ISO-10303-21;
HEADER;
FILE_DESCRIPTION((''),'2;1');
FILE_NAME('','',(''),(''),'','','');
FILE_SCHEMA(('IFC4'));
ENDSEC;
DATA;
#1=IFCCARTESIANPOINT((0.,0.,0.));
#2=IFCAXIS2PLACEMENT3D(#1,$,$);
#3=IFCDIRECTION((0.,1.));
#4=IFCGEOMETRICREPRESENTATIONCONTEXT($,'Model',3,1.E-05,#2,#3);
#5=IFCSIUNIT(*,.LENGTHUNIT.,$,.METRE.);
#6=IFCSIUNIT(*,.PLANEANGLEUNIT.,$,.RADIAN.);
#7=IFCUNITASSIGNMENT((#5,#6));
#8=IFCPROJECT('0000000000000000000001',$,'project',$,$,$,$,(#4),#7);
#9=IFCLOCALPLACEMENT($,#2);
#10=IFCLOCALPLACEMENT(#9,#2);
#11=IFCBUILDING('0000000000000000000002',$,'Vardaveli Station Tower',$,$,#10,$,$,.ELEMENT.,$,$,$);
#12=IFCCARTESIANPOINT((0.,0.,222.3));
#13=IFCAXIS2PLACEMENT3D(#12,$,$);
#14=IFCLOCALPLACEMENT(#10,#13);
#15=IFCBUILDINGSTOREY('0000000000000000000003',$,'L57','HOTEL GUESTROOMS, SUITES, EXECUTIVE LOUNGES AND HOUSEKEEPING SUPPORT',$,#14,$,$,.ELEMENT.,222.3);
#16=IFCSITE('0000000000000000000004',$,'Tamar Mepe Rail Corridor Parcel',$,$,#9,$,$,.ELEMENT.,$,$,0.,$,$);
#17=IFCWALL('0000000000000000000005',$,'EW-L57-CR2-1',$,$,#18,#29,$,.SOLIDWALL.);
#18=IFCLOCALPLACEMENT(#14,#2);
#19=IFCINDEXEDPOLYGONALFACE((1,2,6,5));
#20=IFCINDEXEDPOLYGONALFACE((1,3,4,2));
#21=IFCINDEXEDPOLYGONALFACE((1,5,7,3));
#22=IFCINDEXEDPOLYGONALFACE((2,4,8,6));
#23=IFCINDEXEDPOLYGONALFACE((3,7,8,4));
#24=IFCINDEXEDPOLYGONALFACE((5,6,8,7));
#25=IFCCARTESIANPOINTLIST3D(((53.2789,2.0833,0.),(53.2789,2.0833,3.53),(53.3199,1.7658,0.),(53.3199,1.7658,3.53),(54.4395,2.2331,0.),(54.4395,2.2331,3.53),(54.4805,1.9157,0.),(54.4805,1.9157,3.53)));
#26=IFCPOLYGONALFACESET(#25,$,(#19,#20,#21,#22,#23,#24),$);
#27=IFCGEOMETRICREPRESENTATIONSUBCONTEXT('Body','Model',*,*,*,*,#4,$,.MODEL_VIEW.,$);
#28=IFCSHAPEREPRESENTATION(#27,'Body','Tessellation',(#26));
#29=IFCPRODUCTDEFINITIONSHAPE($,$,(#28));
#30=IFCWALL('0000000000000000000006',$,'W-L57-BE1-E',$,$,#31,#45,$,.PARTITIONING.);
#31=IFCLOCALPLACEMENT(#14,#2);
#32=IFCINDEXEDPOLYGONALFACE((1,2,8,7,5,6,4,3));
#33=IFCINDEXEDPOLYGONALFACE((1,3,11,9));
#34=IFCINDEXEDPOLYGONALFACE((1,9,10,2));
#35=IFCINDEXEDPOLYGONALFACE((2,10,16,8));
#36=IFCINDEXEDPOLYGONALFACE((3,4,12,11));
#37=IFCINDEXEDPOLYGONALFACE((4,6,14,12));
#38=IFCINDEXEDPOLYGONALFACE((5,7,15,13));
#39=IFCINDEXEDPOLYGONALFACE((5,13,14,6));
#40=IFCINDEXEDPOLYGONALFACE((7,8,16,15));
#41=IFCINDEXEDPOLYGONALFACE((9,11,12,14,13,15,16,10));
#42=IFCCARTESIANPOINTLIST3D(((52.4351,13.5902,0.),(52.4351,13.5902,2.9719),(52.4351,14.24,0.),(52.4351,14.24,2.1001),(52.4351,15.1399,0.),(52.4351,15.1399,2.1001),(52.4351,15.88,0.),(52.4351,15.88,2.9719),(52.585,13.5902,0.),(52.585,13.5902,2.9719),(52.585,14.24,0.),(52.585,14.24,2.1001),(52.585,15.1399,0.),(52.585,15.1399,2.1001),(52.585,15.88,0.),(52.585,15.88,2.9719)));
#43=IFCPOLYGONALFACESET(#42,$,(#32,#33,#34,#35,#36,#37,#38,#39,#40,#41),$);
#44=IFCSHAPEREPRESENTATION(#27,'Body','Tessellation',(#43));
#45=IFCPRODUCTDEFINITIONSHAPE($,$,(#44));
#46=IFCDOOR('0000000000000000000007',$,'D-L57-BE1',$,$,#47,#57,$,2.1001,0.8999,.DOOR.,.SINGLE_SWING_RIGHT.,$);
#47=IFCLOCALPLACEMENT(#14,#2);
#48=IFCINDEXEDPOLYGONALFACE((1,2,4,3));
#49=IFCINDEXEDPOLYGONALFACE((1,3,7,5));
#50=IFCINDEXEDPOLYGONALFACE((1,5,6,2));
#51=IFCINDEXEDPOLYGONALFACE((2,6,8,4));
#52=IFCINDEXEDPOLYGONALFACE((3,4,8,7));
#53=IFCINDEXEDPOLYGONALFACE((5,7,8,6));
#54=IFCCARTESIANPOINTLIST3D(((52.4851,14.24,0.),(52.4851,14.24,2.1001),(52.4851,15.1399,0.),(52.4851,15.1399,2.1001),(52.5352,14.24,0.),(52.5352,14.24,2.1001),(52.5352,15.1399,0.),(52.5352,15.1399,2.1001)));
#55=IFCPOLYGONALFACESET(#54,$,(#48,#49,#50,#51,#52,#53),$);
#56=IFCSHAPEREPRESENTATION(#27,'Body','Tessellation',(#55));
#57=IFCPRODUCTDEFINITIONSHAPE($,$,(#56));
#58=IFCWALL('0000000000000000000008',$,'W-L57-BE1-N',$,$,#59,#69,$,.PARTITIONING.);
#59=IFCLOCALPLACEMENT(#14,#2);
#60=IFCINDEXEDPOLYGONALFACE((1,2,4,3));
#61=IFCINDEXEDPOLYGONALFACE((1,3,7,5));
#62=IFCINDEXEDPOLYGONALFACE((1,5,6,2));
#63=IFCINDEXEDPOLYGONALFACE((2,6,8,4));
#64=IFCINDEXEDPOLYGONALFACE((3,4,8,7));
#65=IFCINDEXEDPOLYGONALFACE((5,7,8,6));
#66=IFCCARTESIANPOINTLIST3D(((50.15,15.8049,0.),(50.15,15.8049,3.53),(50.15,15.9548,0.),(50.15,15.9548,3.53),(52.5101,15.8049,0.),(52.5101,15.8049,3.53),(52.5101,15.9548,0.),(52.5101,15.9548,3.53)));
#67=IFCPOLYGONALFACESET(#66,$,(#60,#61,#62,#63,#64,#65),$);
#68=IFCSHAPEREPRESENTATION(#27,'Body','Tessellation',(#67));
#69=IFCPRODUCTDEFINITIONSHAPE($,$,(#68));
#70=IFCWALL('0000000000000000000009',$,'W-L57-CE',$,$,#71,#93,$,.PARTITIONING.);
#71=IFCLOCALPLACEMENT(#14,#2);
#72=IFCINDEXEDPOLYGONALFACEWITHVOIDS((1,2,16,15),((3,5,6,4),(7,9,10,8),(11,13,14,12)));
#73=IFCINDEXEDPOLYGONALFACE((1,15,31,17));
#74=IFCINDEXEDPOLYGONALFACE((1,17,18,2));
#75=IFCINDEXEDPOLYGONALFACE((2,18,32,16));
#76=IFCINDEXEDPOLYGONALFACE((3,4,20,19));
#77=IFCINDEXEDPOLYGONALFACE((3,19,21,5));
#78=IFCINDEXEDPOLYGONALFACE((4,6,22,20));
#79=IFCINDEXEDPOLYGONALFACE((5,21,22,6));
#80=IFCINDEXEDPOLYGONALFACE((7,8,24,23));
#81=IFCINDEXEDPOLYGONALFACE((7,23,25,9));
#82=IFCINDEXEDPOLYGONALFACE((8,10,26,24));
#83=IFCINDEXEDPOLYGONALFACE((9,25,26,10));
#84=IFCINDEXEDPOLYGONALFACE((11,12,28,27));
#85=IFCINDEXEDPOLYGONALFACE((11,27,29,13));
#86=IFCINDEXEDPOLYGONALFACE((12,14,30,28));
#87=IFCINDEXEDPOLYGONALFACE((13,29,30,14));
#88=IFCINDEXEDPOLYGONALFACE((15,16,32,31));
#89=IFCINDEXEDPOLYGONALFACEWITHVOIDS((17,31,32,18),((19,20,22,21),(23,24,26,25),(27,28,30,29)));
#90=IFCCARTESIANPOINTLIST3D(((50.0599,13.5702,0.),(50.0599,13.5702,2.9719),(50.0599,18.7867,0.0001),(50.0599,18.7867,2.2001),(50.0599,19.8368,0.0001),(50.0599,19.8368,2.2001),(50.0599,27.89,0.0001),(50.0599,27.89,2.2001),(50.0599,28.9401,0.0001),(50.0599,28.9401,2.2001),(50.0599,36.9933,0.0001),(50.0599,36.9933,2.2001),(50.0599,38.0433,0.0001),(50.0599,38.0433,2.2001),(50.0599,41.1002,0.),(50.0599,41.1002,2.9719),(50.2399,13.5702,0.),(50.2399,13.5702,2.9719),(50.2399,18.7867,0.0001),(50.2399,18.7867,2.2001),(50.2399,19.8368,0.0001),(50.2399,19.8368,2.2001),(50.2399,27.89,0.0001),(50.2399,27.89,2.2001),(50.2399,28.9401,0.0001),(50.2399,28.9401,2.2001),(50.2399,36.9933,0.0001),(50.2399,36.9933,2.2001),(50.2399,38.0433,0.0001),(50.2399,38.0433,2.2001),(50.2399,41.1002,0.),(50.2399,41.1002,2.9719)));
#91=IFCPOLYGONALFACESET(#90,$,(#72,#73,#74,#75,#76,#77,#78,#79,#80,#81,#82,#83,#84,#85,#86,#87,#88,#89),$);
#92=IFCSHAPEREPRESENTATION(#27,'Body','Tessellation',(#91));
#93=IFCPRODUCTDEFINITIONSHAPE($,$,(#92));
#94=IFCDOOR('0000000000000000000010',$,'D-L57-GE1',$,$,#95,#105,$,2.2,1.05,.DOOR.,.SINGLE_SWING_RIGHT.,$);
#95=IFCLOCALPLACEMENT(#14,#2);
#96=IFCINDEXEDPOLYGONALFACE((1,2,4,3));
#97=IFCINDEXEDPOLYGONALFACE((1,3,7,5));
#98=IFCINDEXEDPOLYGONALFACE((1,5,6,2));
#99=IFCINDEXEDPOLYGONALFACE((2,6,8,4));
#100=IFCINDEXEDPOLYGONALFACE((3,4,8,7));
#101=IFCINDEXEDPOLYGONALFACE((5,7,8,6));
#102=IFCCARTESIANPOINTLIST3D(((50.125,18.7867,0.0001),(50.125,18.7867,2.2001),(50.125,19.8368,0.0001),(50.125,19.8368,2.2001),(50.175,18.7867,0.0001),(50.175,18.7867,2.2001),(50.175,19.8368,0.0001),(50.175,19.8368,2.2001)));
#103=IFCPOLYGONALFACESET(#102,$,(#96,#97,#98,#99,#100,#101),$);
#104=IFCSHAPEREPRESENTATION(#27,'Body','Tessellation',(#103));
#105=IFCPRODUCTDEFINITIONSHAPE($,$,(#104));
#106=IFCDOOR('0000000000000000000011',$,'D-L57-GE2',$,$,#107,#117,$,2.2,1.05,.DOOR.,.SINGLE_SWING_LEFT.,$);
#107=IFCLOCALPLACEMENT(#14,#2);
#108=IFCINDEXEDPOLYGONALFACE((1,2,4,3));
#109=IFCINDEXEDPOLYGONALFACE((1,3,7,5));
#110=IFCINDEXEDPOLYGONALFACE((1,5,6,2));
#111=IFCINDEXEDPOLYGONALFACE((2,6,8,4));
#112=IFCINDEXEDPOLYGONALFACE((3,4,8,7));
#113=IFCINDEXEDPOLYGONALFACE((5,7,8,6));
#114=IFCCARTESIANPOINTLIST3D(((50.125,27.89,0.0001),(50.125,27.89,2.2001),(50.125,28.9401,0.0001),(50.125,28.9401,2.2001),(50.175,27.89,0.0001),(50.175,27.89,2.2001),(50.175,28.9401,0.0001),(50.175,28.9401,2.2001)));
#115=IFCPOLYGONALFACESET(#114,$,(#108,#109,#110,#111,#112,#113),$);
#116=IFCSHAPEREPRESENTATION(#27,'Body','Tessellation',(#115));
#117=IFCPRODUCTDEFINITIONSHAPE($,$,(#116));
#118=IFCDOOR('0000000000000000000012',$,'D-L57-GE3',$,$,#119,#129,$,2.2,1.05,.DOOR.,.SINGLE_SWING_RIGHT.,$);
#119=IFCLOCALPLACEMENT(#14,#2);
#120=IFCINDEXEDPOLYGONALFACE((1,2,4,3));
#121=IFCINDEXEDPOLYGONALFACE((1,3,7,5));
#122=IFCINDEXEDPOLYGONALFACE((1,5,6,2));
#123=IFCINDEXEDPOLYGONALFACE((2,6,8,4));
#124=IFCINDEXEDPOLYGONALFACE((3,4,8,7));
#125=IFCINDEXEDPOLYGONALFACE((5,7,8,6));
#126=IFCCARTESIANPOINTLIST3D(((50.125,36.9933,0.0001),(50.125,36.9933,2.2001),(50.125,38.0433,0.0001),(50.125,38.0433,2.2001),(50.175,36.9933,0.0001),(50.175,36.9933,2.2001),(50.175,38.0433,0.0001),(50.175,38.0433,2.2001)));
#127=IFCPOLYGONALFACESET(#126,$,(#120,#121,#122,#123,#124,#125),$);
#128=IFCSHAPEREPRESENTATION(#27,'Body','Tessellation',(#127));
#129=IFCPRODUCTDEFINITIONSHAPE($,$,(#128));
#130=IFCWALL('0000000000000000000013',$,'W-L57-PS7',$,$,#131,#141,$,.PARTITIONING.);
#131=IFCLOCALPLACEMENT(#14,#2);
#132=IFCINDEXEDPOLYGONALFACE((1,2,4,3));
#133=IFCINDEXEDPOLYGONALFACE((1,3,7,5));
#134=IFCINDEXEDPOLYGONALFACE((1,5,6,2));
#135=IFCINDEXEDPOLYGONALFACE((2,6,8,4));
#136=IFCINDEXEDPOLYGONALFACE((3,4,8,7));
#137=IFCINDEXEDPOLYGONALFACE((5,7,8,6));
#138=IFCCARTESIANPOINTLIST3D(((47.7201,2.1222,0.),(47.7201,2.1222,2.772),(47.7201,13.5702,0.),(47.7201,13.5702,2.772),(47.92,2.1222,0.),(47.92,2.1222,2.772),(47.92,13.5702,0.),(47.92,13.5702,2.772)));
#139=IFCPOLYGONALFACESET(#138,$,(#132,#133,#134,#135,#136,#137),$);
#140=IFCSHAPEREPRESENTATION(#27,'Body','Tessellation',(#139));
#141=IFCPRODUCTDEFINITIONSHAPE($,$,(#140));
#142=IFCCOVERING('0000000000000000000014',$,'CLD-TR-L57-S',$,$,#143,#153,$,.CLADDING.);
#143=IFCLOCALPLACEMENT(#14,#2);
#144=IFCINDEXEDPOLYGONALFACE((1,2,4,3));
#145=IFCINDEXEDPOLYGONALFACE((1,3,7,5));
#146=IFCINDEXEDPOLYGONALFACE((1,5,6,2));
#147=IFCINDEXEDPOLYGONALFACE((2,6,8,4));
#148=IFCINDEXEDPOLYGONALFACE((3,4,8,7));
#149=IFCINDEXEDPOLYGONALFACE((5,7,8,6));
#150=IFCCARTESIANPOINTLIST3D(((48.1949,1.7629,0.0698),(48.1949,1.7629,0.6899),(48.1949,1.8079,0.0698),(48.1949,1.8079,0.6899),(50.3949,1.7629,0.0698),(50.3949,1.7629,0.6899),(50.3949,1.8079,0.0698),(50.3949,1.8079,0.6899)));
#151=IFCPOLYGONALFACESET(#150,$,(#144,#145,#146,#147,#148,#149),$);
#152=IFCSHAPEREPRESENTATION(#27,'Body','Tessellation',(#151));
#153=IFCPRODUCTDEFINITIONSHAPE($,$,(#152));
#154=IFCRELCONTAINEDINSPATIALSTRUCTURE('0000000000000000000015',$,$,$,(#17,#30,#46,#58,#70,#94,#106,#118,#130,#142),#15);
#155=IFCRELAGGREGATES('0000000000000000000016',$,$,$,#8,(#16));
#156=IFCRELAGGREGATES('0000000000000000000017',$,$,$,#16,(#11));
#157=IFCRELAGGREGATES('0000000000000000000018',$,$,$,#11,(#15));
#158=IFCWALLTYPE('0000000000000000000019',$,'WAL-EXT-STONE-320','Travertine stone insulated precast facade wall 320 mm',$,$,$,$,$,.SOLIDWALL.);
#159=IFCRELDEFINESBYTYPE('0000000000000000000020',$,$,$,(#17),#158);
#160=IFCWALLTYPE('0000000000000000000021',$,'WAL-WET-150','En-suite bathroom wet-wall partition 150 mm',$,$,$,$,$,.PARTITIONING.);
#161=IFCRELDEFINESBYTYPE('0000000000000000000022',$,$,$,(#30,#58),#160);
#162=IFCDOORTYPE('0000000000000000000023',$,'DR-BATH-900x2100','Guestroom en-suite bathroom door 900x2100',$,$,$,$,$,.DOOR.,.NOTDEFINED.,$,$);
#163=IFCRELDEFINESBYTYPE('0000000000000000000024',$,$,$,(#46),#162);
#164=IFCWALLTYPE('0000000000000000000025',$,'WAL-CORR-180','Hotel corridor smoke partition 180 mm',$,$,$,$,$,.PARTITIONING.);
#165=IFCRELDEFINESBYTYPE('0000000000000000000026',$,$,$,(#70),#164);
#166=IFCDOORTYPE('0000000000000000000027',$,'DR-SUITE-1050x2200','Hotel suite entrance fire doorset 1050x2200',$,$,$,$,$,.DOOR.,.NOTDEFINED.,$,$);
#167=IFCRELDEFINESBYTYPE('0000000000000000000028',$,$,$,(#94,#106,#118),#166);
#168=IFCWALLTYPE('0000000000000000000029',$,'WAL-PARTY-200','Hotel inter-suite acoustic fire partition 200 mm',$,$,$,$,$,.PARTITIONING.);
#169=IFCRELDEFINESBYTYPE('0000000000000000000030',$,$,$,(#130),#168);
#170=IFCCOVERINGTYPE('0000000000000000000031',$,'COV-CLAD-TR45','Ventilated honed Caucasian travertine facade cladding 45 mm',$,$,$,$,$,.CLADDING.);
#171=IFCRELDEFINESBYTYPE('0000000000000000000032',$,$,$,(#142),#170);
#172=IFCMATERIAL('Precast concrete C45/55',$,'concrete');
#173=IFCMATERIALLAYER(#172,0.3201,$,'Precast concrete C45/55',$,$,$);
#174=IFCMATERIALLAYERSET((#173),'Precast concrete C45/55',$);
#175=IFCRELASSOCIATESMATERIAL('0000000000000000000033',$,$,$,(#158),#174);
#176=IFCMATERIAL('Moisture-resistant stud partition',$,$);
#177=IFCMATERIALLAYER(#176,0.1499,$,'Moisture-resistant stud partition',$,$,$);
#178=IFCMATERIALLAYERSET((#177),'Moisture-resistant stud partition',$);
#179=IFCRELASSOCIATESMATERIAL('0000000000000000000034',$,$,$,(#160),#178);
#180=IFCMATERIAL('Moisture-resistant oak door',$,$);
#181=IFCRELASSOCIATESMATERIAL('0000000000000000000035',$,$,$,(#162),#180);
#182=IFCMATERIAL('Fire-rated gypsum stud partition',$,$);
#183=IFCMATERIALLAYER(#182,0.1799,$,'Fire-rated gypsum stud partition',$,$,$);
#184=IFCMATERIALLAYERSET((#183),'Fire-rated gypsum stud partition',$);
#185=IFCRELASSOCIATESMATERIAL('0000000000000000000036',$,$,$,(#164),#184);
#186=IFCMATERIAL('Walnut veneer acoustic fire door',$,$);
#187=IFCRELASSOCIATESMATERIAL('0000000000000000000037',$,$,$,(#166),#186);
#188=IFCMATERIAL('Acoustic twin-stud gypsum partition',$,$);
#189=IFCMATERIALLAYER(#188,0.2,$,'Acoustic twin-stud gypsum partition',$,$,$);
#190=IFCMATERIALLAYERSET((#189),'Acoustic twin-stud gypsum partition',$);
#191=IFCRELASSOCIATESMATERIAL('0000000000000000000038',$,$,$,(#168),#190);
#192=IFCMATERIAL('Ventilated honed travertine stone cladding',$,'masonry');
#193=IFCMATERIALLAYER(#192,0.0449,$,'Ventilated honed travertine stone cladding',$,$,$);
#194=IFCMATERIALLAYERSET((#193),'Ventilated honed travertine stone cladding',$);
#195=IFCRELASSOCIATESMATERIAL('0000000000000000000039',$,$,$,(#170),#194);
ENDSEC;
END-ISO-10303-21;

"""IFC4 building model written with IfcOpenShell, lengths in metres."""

from ifc_helpers import new_model, si_unit, direction, frame, frame_2d, origin, origin_2d, place, context, subcontext, project, spatial, rectangle, extrude, source, transform, mapped, material, layer, layer_set, type_object, element, fill, save


model = new_model("IFC4")

# Units and contexts
model_context = context("Model", 3, precision=1e-05, world=origin(), true_north=direction((0.0, 1.0)))
body_context = subcontext(model_context, "Body", "Model", "MODEL_VIEW")
ifc_project = project(units=[si_unit("LENGTHUNIT", "METRE"), si_unit("PLANEANGLEUNIT", "RADIAN")], contexts=[model_context])

# Site, building, storey
site_placement = place(None, origin())
site = spatial("IfcSite", under=ifc_project, at=site_placement, Name="Tamar Mepe Rail Corridor Parcel", CompositionType="ELEMENT", RefElevation=0.0)
building_placement = place(site_placement, origin())
building = spatial("IfcBuilding", under=site, at=building_placement, Name="Vardaveli Station Tower", CompositionType="ELEMENT")
storey_placement = place(building_placement, frame((0.0, 0.0, 222.3)))
storey = spatial("IfcBuildingStorey", under=building, at=storey_placement, Name="L57", Description="HOTEL GUESTROOMS, SUITES, EXECUTIVE LOUNGES AND HOUSEKEEPING SUPPORT", CompositionType="ELEMENT", Elevation=222.3)

# Shared definitions
ifc_material_1 = material(Name="Precast concrete C45/55", Category="concrete")

# Shared definitions
ifc_layer_1 = layer(ifc_material_1, 0.3201, Name="Precast concrete C45/55")
ifc_layer_set_1 = layer_set([ifc_layer_1], Name="Precast concrete C45/55")
wall_type_1 = type_object("IfcWallType", Name="WAL-EXT-STONE-320", Description="Travertine stone insulated precast facade wall 320 mm", PredefinedType="SOLIDWALL", material=ifc_layer_set_1)

# Wall
shared_shape_1 = source(origin(), body_context, "Body", "SweptSolid", [
    extrude(rectangle(XDim=1.1702, YDim=0.3201, at=frame_2d((0.585, 0.0))), origin(), (0.0, 0.0, 1.0), 3.53),
])
wall_1_placement = place(storey_placement, frame((53.2996, 1.9246, 0.0), z_axis=(0.0, 0.0, 1.0), x_axis=(0.991762, 0.12809, 0.0)))
element("IfcWall", 1, at=wall_1_placement, inside=storey, type_object=wall_type_1, Name="EW-L57-CR2-1", PredefinedType="SOLIDWALL", context=body_context, shape_type="MappedRepresentation", body=[
    mapped(shared_shape_1, transform((0.0, 0.0, 0.0), scale=1.0)),
])

# Wall, opening, door
ifc_material_2 = material(Name="Moisture-resistant stud partition")
ifc_layer_2 = layer(ifc_material_2, 0.1499, Name="Moisture-resistant stud partition")
ifc_layer_set_2 = layer_set([ifc_layer_2], Name="Moisture-resistant stud partition")
wall_type_2 = type_object("IfcWallType", Name="WAL-WET-150", Description="En-suite bathroom wet-wall partition 150 mm", PredefinedType="PARTITIONING", material=ifc_layer_set_2)
shared_shape_2 = source(origin(), body_context, "Body", "SweptSolid", [
    extrude(rectangle(XDim=2.2898, YDim=0.1499, at=frame_2d((1.145, 0.0))), origin(), (0.0, 0.0, 1.0), 2.9719),
])
wall_2_placement = place(storey_placement, frame((52.51, 13.5901, 0.0), z_axis=(0.0, 0.0, 1.0), x_axis=(0.0, 1.0, 0.0)))
wall_2 = element("IfcWall", 2, at=wall_2_placement, inside=storey, type_object=wall_type_2, Name="W-L57-BE1-E", PredefinedType="PARTITIONING", context=body_context, shape_type="MappedRepresentation", body=[
    mapped(shared_shape_2, transform((0.0, 0.0, 0.0), scale=1.0)),
])
shared_shape_3 = source(origin(), body_context, "Body", "SweptSolid", [
    extrude(rectangle(XDim=0.8999, YDim=2.1001, at=frame_2d((0.45, 1.05))), frame((0.0, 0.085, 0.0), z_axis=(0.0, -1.0, 0.0), x_axis=(1.0, 0.0, 0.0)), (0.0, 0.0, 1.0), 0.1699),
])
opening_1_placement = place(wall_2_placement, frame((0.6499, 0.0, 0.0)))
opening_1 = element("IfcOpeningElement", 3, at=opening_1_placement, cuts=wall_2, PredefinedType="OPENING", context=body_context, shape_type="MappedRepresentation", body=[
    mapped(shared_shape_3, transform((0.0, 0.0, 0.0), scale=1.0)),
])
ifc_material_3 = material(Name="Moisture-resistant oak door")
door_type_1 = type_object("IfcDoorType", Name="DR-BATH-900x2100", Description="Guestroom en-suite bathroom door 900x2100", OperationType="NOTDEFINED", PredefinedType="DOOR", material=ifc_material_3)
shared_shape_4 = source(origin(), body_context, "Body", "SweptSolid", [
    extrude(rectangle(XDim=0.8999, YDim=2.1001, at=frame_2d((0.45, 1.05))), frame((0.0, 0.0249, 0.0), z_axis=(0.0, -1.0, 0.0), x_axis=(1.0, 0.0, 0.0)), (0.0, 0.0, 1.0), 0.05),
])
door_1_placement = place(opening_1_placement, origin())
door_1 = element("IfcDoor", 4, at=door_1_placement, inside=storey, type_object=door_type_1, Name="D-L57-BE1", OperationType="SINGLE_SWING_RIGHT", OverallHeight=2.1001, OverallWidth=0.8999, PredefinedType="DOOR", context=body_context, shape_type="MappedRepresentation", body=[
    mapped(shared_shape_4, transform((0.0, 0.0, 0.0), scale=1.0)),
])
fill(opening_1, door_1)

# Wall
shared_shape_5 = source(origin(), body_context, "Body", "SweptSolid", [
    extrude(rectangle(XDim=2.3601, YDim=0.1499, at=frame_2d((1.1802, 0.0))), origin(), (0.0, 0.0, 1.0), 3.53),
])
wall_3_placement = place(storey_placement, frame((50.1499, 15.8799, 0.0), z_axis=(0.0, 0.0, 1.0), x_axis=(1.0, 0.0, 0.0)))
element("IfcWall", 5, at=wall_3_placement, inside=storey, type_object=wall_type_2, Name="W-L57-BE1-N", PredefinedType="PARTITIONING", context=body_context, shape_type="MappedRepresentation", body=[
    mapped(shared_shape_5, transform((0.0, 0.0, 0.0), scale=1.0)),
])

# Wall, openings, doors
ifc_material_4 = material(Name="Fire-rated gypsum stud partition")
ifc_layer_3 = layer(ifc_material_4, 0.1799, Name="Fire-rated gypsum stud partition")
ifc_layer_set_3 = layer_set([ifc_layer_3], Name="Fire-rated gypsum stud partition")
wall_type_3 = type_object("IfcWallType", Name="WAL-CORR-180", Description="Hotel corridor smoke partition 180 mm", PredefinedType="PARTITIONING", material=ifc_layer_set_3)
shared_shape_6 = source(origin(), body_context, "Body", "SweptSolid", [
    extrude(rectangle(XDim=27.53, YDim=0.1799, at=frame_2d((13.7651, 0.0))), origin(), (0.0, 0.0, 1.0), 2.9719),
])
wall_4_placement = place(storey_placement, frame((50.1499, 13.5701, 0.0), z_axis=(0.0, 0.0, 1.0), x_axis=(0.0, 1.0, 0.0)))
wall_4 = element("IfcWall", 6, at=wall_4_placement, inside=storey, type_object=wall_type_3, Name="W-L57-CE", PredefinedType="PARTITIONING", context=body_context, shape_type="MappedRepresentation", body=[
    mapped(shared_shape_6, transform((0.0, 0.0, 0.0), scale=1.0)),
])
shared_shape_7 = source(origin(), body_context, "Body", "SweptSolid", [
    extrude(rectangle(XDim=1.05, YDim=2.2, at=frame_2d((0.5249, 1.1001))), frame((0.0, 0.1001, 0.0), z_axis=(0.0, -1.0, 0.0), x_axis=(1.0, 0.0, 0.0)), (0.0, 0.0, 1.0), 0.2),
])
opening_2_placement = place(wall_4_placement, frame((5.2168, 0.0, 0.0)))
opening_2 = element("IfcOpeningElement", 7, at=opening_2_placement, cuts=wall_4, PredefinedType="OPENING", context=body_context, shape_type="MappedRepresentation", body=[
    mapped(shared_shape_7, transform((0.0, 0.0, 0.0), scale=1.0)),
])
opening_3_placement = place(wall_4_placement, frame((14.3201, 0.0, 0.0)))
opening_3 = element("IfcOpeningElement", 8, at=opening_3_placement, cuts=wall_4, PredefinedType="OPENING", context=body_context, shape_type="MappedRepresentation", body=[
    mapped(shared_shape_7, transform((0.0, 0.0, 0.0), scale=1.0)),
])
opening_4_placement = place(wall_4_placement, frame((23.4233, 0.0, 0.0)))
opening_4 = element("IfcOpeningElement", 9, at=opening_4_placement, cuts=wall_4, PredefinedType="OPENING", context=body_context, shape_type="MappedRepresentation", body=[
    mapped(shared_shape_7, transform((0.0, 0.0, 0.0), scale=1.0)),
])
ifc_material_5 = material(Name="Walnut veneer acoustic fire door")
door_type_2 = type_object("IfcDoorType", Name="DR-SUITE-1050x2200", Description="Hotel suite entrance fire doorset 1050x2200", OperationType="NOTDEFINED", PredefinedType="DOOR", material=ifc_material_5)
shared_shape_8 = source(origin(), body_context, "Body", "SweptSolid", [
    extrude(rectangle(XDim=1.05, YDim=2.2, at=frame_2d((0.5249, 1.1001))), frame((0.0, 0.0249, 0.0), z_axis=(0.0, -1.0, 0.0), x_axis=(1.0, 0.0, 0.0)), (0.0, 0.0, 1.0), 0.05),
])
door_2_placement = place(opening_2_placement, origin())
door_2 = element("IfcDoor", 10, at=door_2_placement, inside=storey, type_object=door_type_2, Name="D-L57-GE1", OperationType="SINGLE_SWING_RIGHT", OverallHeight=2.2, OverallWidth=1.05, PredefinedType="DOOR", context=body_context, shape_type="MappedRepresentation", body=[
    mapped(shared_shape_8, transform((0.0, 0.0, 0.0), scale=1.0)),
])
fill(opening_2, door_2)
door_3_placement = place(opening_3_placement, origin())
door_3 = element("IfcDoor", 11, at=door_3_placement, inside=storey, type_object=door_type_2, Name="D-L57-GE2", OperationType="SINGLE_SWING_LEFT", OverallHeight=2.2, OverallWidth=1.05, PredefinedType="DOOR", context=body_context, shape_type="MappedRepresentation", body=[
    mapped(shared_shape_8, transform((0.0, 0.0, 0.0), scale=1.0)),
])
fill(opening_3, door_3)
door_4_placement = place(opening_4_placement, origin())
door_4 = element("IfcDoor", 12, at=door_4_placement, inside=storey, type_object=door_type_2, Name="D-L57-GE3", OperationType="SINGLE_SWING_RIGHT", OverallHeight=2.2, OverallWidth=1.05, PredefinedType="DOOR", context=body_context, shape_type="MappedRepresentation", body=[
    mapped(shared_shape_8, transform((0.0, 0.0, 0.0), scale=1.0)),
])
fill(opening_4, door_4)

# Wall
ifc_material_6 = material(Name="Acoustic twin-stud gypsum partition")
ifc_layer_4 = layer(ifc_material_6, 0.2, Name="Acoustic twin-stud gypsum partition")
ifc_layer_set_4 = layer_set([ifc_layer_4], Name="Acoustic twin-stud gypsum partition")
wall_type_4 = type_object("IfcWallType", Name="WAL-PARTY-200", Description="Hotel inter-suite acoustic fire partition 200 mm", PredefinedType="PARTITIONING", material=ifc_layer_set_4)
shared_shape_9 = source(origin(), body_context, "Body", "SweptSolid", [
    extrude(rectangle(XDim=11.448, YDim=0.2, at=frame_2d((5.7241, 0.0))), origin(), (0.0, 0.0, 1.0), 2.772),
])
wall_5_placement = place(storey_placement, frame((47.8201, 2.1221, 0.0), z_axis=(0.0, 0.0, 1.0), x_axis=(0.0, 1.0, 0.0)))
element("IfcWall", 13, at=wall_5_placement, inside=storey, type_object=wall_type_4, Name="W-L57-PS7", PredefinedType="PARTITIONING", context=body_context, shape_type="MappedRepresentation", body=[
    mapped(shared_shape_9, transform((0.0, 0.0, 0.0), scale=1.0)),
])

# Covering
ifc_material_7 = material(Name="Ventilated honed travertine stone cladding", Category="masonry")
ifc_layer_5 = layer(ifc_material_7, 0.0449, Name="Ventilated honed travertine stone cladding")
ifc_layer_set_5 = layer_set([ifc_layer_5], Name="Ventilated honed travertine stone cladding")
covering_type = type_object("IfcCoveringType", Name="COV-CLAD-TR45", Description="Ventilated honed Caucasian travertine facade cladding 45 mm", PredefinedType="CLADDING", material=ifc_layer_set_5)
shared_shape_10 = source(origin(), body_context, "Body", "SweptSolid", [
    extrude(rectangle(XDim=2.2, YDim=0.0449, at=origin_2d()), origin(), (0.0, 0.0, 1.0), 0.6201),
])
covering_placement = place(storey_placement, frame((49.2949, 1.7854, 0.0698), z_axis=(0.0, 0.0, 1.0), x_axis=(1.0, 0.0, 0.0)))
element("IfcCovering", 14, at=covering_placement, inside=storey, type_object=covering_type, Name="CLD-TR-L57-S", PredefinedType="CLADDING", context=body_context, shape_type="MappedRepresentation", body=[
    mapped(shared_shape_10, transform((0.0, 0.0, 0.0), scale=1.0)),
])

save(model, "model.ifc")
